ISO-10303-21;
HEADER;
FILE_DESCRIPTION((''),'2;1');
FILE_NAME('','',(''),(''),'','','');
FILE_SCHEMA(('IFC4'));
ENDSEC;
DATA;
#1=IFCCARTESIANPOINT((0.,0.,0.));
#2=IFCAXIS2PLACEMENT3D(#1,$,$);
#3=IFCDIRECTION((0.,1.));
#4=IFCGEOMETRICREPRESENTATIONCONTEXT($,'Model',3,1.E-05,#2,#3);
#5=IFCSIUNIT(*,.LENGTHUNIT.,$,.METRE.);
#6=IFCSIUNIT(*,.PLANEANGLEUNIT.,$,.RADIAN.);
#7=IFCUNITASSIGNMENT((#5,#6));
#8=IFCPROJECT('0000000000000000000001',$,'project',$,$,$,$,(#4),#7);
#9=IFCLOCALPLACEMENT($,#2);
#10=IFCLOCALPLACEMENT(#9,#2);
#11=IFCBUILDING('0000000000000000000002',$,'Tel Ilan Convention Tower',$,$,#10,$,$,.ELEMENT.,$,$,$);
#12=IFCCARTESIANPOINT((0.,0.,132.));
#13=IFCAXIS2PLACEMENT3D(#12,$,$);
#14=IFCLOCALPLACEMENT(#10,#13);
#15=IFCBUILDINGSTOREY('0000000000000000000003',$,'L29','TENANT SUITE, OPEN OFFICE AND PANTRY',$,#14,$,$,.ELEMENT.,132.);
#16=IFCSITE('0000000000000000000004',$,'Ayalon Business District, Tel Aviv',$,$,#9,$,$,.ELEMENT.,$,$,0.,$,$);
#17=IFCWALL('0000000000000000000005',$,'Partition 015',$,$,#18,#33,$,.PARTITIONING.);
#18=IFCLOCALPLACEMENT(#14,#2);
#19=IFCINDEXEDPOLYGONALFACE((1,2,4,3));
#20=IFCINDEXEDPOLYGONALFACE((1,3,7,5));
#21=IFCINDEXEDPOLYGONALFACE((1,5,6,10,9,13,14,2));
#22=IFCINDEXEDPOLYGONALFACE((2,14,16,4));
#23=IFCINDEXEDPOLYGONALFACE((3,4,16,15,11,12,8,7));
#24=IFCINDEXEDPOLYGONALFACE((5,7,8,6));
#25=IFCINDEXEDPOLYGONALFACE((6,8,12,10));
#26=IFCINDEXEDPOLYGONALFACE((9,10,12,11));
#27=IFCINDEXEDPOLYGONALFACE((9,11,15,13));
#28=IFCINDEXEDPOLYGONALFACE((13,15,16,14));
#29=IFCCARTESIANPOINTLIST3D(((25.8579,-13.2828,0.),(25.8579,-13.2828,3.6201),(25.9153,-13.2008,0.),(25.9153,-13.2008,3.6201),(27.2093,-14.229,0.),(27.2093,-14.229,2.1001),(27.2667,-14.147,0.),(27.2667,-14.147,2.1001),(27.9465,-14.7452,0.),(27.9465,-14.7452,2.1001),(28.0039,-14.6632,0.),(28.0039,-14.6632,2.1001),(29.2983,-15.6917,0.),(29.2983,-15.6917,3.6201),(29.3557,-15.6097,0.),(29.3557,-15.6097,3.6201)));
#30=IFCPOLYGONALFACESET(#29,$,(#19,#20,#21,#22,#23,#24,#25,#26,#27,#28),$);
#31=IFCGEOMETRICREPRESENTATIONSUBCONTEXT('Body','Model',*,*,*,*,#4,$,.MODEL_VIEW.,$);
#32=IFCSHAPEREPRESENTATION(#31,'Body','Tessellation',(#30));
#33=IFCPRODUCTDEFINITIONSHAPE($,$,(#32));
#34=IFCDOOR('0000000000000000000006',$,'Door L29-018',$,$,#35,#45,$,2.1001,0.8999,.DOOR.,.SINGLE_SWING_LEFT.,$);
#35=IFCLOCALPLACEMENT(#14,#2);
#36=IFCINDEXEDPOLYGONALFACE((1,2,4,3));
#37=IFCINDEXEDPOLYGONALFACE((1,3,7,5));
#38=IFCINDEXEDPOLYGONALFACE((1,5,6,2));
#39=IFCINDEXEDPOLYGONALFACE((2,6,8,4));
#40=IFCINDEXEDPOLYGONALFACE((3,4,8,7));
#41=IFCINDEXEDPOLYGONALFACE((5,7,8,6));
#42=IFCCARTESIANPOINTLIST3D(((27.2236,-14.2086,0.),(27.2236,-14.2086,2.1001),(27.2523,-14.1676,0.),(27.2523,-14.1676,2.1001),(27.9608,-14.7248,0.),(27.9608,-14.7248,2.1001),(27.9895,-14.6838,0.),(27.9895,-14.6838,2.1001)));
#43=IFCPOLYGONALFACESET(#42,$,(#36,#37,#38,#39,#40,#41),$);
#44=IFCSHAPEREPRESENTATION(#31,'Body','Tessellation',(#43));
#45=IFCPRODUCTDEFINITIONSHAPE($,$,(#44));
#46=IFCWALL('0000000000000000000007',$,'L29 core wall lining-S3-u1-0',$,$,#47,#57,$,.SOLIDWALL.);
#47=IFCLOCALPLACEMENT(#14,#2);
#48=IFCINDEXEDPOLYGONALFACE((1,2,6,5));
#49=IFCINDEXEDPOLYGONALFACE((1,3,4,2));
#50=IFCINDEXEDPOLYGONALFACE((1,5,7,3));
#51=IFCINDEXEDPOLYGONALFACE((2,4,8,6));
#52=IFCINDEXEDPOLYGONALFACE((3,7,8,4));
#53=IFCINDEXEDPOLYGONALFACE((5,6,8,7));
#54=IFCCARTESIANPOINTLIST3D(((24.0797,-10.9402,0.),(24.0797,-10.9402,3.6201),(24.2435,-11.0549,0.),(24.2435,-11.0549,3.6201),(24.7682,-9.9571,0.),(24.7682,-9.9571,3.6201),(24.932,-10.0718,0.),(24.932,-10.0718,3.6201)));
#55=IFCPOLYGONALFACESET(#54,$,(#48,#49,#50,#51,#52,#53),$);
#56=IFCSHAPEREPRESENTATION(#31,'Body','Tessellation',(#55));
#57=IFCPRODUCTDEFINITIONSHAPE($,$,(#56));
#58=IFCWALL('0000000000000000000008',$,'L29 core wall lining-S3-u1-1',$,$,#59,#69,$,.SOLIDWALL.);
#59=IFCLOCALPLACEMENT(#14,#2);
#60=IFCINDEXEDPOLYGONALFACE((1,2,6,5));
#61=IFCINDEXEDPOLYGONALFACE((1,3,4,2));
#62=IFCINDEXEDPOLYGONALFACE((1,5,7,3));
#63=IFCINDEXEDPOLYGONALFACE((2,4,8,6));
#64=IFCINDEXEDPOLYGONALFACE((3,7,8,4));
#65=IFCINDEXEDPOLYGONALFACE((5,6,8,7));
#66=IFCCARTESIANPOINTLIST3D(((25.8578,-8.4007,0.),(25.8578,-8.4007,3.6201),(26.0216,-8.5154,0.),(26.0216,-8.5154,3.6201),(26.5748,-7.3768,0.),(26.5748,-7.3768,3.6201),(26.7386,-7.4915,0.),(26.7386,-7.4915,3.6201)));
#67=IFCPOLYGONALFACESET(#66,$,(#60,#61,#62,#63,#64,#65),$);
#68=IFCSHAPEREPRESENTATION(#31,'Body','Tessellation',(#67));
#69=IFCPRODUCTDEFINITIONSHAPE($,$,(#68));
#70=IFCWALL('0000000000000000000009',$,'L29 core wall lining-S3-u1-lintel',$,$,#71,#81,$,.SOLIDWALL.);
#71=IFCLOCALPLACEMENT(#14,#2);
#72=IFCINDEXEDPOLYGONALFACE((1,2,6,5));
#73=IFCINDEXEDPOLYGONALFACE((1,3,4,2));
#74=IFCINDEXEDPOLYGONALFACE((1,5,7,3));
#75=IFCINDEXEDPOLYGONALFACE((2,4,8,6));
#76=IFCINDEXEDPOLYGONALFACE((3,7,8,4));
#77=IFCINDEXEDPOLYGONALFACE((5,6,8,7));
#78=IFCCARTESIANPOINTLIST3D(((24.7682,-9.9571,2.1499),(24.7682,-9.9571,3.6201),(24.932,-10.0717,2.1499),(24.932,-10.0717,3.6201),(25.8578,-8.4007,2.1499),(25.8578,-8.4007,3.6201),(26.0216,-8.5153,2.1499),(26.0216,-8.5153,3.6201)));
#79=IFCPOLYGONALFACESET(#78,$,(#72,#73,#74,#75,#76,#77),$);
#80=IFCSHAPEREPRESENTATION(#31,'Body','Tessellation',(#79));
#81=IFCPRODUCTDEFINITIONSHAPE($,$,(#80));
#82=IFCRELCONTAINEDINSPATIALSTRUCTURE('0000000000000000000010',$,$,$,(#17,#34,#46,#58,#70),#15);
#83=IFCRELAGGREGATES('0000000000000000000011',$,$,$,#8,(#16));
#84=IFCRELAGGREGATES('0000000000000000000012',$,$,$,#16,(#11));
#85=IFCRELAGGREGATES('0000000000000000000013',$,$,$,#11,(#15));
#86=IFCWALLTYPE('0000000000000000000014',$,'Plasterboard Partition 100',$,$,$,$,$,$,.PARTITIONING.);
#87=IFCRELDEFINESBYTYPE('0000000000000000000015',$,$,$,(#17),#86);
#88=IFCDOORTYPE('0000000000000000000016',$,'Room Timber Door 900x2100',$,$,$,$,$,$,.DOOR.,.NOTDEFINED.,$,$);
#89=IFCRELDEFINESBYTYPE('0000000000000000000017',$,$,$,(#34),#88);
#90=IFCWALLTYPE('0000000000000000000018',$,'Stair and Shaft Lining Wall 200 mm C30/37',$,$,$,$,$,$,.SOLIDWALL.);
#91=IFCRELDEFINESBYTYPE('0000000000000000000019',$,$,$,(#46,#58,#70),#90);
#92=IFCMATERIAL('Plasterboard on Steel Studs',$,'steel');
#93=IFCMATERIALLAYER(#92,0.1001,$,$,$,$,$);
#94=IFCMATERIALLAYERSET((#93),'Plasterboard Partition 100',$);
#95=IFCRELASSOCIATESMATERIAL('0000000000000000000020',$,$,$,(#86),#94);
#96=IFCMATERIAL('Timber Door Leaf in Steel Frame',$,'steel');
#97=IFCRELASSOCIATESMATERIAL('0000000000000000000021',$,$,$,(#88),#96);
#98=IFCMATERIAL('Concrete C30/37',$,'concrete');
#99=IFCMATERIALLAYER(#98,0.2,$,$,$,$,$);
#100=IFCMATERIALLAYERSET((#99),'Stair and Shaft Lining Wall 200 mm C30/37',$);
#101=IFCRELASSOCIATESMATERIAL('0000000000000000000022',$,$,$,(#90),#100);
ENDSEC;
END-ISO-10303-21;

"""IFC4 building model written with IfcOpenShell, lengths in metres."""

from ifc_helpers import new_model, si_unit, direction, frame, frame_2d, origin, place, context, subcontext, project, spatial, rectangle, extrude, material, layer, layer_set, type_object, element, fill, save


model = new_model("IFC4")

# Units and contexts
model_context = context("Model", 3, precision=1e-05, world=origin(), true_north=direction((0.0, 1.0)))
body_context = subcontext(model_context, "Body", "Model", "MODEL_VIEW")
ifc_project = project(units=[si_unit("LENGTHUNIT", "METRE"), si_unit("PLANEANGLEUNIT", "RADIAN")], contexts=[model_context])

# Site, building, storey
site_placement = place(None, origin())
site = spatial("IfcSite", under=ifc_project, at=site_placement, Name="Ayalon Business District, Tel Aviv", CompositionType="ELEMENT", RefElevation=0.0)
building_placement = place(site_placement, origin())
building = spatial("IfcBuilding", under=site, at=building_placement, Name="Tel Ilan Convention Tower", CompositionType="ELEMENT")
storey_placement = place(building_placement, frame((0.0, 0.0, 132.0)))
storey = spatial("IfcBuildingStorey", under=building, at=storey_placement, Name="L29", Description="TENANT SUITE, OPEN OFFICE AND PANTRY", CompositionType="ELEMENT", Elevation=132.0)

# Wall, opening, door
ifc_material_1 = material(Name="Plasterboard on Steel Studs", Category="steel")
ifc_layer_1 = layer(ifc_material_1, 0.1001)
ifc_layer_set_1 = layer_set([ifc_layer_1], Name="Plasterboard Partition 100")
wall_type_1 = type_object("IfcWallType", Name="Plasterboard Partition 100", PredefinedType="PARTITIONING", material=ifc_layer_set_1)
wall_1_placement = place(storey_placement, frame((25.8865, -13.2417, 0.0), z_axis=(0.0, 0.0, 1.0), x_axis=(0.819161, -0.573564, 0.0)))
wall_1 = element("IfcWall", 1, at=wall_1_placement, inside=storey, type_object=wall_type_1, Name="Partition 015", PredefinedType="PARTITIONING", context=body_context, shape_type="SweptSolid", body=[
    extrude(rectangle(XDim=4.2, YDim=0.1001, at=frame_2d((2.1001, 0.0))), origin(), (0.0, 0.0, 1.0), 3.6201),
])
opening_1_placement = place(wall_1_placement, frame((1.6499, 0.0, 0.0)))
opening_1 = element("IfcOpeningElement", 2, at=opening_1_placement, cuts=wall_1, PredefinedType="OPENING", context=body_context, shape_type="SweptSolid", body=[
    extrude(rectangle(XDim=0.8999, YDim=2.1001, at=frame_2d((0.45, 1.05))), frame((0.0, 0.0601, 0.0), z_axis=(0.0, -1.0, 0.0), x_axis=(1.0, 0.0, 0.0)), (0.0, 0.0, 1.0), 0.1201),
])
ifc_material_2 = material(Name="Timber Door Leaf in Steel Frame", Category="steel")
door_type_1 = type_object("IfcDoorType", Name="Room Timber Door 900x2100", OperationType="NOTDEFINED", PredefinedType="DOOR", material=ifc_material_2)
door_1_placement = place(opening_1_placement, origin())
door_1 = element("IfcDoor", 3, at=door_1_placement, inside=storey, type_object=door_type_1, Name="Door L29-018", OperationType="SINGLE_SWING_LEFT", OverallHeight=2.1001, OverallWidth=0.8999, PredefinedType="DOOR", context=body_context, shape_type="SweptSolid", body=[
    extrude(rectangle(XDim=0.8999, YDim=2.1001, at=frame_2d((0.45, 1.05))), frame((0.0, 0.0249, 0.0), z_axis=(0.0, -1.0, 0.0), x_axis=(1.0, 0.0, 0.0)), (0.0, 0.0, 1.0), 0.05),
])
fill(opening_1, door_1)

# Walls
ifc_material_3 = material(Name="Concrete C30/37", Category="concrete")
ifc_layer_2 = layer(ifc_material_3, 0.2)
ifc_layer_set_2 = layer_set([ifc_layer_2], Name="Stair and Shaft Lining Wall 200 mm C30/37")
wall_type_2 = type_object("IfcWallType", Name="Stair and Shaft Lining Wall 200 mm C30/37", PredefinedType="SOLIDWALL", material=ifc_layer_set_2)
wall_2_placement = place(storey_placement, frame((24.1616, -10.9976, 0.0), z_axis=(0.0, 0.0, 1.0), x_axis=(0.573613, 0.819127, 0.0)))
element("IfcWall", 4, at=wall_2_placement, inside=storey, type_object=wall_type_2, Name="L29 core wall lining-S3-u1-0", PredefinedType="SOLIDWALL", context=body_context, shape_type="SweptSolid", body=[
    extrude(rectangle(XDim=1.2002, YDim=0.2, at=frame_2d((0.6001, 0.0))), origin(), (0.0, 0.0, 1.0), 3.6201),
])
wall_3_placement = place(storey_placement, frame((25.9397, -8.458, 0.0), z_axis=(0.0, 0.0, 1.0), x_axis=(0.57362, 0.819122, 0.0)))
element("IfcWall", 5, at=wall_3_placement, inside=storey, type_object=wall_type_2, Name="L29 core wall lining-S3-u1-1", PredefinedType="SOLIDWALL", context=body_context, shape_type="SweptSolid", body=[
    extrude(rectangle(XDim=1.25, YDim=0.2, at=frame_2d((0.625, 0.0))), origin(), (0.0, 0.0, 1.0), 3.6201),
])
wall_4_placement = place(storey_placement, frame((24.8501, -10.0144, 2.1499), z_axis=(0.0, 0.0, 1.0), x_axis=(0.573505, 0.819202, 0.0)))
element("IfcWall", 6, at=wall_4_placement, inside=storey, type_object=wall_type_2, Name="L29 core wall lining-S3-u1-lintel", PredefinedType="SOLIDWALL", context=body_context, shape_type="SweptSolid", body=[
    extrude(rectangle(XDim=1.8999, YDim=0.2, at=frame_2d((0.95, 0.0))), origin(), (0.0, 0.0, 1.0), 1.4702),
])

save(model, "model.ifc")
